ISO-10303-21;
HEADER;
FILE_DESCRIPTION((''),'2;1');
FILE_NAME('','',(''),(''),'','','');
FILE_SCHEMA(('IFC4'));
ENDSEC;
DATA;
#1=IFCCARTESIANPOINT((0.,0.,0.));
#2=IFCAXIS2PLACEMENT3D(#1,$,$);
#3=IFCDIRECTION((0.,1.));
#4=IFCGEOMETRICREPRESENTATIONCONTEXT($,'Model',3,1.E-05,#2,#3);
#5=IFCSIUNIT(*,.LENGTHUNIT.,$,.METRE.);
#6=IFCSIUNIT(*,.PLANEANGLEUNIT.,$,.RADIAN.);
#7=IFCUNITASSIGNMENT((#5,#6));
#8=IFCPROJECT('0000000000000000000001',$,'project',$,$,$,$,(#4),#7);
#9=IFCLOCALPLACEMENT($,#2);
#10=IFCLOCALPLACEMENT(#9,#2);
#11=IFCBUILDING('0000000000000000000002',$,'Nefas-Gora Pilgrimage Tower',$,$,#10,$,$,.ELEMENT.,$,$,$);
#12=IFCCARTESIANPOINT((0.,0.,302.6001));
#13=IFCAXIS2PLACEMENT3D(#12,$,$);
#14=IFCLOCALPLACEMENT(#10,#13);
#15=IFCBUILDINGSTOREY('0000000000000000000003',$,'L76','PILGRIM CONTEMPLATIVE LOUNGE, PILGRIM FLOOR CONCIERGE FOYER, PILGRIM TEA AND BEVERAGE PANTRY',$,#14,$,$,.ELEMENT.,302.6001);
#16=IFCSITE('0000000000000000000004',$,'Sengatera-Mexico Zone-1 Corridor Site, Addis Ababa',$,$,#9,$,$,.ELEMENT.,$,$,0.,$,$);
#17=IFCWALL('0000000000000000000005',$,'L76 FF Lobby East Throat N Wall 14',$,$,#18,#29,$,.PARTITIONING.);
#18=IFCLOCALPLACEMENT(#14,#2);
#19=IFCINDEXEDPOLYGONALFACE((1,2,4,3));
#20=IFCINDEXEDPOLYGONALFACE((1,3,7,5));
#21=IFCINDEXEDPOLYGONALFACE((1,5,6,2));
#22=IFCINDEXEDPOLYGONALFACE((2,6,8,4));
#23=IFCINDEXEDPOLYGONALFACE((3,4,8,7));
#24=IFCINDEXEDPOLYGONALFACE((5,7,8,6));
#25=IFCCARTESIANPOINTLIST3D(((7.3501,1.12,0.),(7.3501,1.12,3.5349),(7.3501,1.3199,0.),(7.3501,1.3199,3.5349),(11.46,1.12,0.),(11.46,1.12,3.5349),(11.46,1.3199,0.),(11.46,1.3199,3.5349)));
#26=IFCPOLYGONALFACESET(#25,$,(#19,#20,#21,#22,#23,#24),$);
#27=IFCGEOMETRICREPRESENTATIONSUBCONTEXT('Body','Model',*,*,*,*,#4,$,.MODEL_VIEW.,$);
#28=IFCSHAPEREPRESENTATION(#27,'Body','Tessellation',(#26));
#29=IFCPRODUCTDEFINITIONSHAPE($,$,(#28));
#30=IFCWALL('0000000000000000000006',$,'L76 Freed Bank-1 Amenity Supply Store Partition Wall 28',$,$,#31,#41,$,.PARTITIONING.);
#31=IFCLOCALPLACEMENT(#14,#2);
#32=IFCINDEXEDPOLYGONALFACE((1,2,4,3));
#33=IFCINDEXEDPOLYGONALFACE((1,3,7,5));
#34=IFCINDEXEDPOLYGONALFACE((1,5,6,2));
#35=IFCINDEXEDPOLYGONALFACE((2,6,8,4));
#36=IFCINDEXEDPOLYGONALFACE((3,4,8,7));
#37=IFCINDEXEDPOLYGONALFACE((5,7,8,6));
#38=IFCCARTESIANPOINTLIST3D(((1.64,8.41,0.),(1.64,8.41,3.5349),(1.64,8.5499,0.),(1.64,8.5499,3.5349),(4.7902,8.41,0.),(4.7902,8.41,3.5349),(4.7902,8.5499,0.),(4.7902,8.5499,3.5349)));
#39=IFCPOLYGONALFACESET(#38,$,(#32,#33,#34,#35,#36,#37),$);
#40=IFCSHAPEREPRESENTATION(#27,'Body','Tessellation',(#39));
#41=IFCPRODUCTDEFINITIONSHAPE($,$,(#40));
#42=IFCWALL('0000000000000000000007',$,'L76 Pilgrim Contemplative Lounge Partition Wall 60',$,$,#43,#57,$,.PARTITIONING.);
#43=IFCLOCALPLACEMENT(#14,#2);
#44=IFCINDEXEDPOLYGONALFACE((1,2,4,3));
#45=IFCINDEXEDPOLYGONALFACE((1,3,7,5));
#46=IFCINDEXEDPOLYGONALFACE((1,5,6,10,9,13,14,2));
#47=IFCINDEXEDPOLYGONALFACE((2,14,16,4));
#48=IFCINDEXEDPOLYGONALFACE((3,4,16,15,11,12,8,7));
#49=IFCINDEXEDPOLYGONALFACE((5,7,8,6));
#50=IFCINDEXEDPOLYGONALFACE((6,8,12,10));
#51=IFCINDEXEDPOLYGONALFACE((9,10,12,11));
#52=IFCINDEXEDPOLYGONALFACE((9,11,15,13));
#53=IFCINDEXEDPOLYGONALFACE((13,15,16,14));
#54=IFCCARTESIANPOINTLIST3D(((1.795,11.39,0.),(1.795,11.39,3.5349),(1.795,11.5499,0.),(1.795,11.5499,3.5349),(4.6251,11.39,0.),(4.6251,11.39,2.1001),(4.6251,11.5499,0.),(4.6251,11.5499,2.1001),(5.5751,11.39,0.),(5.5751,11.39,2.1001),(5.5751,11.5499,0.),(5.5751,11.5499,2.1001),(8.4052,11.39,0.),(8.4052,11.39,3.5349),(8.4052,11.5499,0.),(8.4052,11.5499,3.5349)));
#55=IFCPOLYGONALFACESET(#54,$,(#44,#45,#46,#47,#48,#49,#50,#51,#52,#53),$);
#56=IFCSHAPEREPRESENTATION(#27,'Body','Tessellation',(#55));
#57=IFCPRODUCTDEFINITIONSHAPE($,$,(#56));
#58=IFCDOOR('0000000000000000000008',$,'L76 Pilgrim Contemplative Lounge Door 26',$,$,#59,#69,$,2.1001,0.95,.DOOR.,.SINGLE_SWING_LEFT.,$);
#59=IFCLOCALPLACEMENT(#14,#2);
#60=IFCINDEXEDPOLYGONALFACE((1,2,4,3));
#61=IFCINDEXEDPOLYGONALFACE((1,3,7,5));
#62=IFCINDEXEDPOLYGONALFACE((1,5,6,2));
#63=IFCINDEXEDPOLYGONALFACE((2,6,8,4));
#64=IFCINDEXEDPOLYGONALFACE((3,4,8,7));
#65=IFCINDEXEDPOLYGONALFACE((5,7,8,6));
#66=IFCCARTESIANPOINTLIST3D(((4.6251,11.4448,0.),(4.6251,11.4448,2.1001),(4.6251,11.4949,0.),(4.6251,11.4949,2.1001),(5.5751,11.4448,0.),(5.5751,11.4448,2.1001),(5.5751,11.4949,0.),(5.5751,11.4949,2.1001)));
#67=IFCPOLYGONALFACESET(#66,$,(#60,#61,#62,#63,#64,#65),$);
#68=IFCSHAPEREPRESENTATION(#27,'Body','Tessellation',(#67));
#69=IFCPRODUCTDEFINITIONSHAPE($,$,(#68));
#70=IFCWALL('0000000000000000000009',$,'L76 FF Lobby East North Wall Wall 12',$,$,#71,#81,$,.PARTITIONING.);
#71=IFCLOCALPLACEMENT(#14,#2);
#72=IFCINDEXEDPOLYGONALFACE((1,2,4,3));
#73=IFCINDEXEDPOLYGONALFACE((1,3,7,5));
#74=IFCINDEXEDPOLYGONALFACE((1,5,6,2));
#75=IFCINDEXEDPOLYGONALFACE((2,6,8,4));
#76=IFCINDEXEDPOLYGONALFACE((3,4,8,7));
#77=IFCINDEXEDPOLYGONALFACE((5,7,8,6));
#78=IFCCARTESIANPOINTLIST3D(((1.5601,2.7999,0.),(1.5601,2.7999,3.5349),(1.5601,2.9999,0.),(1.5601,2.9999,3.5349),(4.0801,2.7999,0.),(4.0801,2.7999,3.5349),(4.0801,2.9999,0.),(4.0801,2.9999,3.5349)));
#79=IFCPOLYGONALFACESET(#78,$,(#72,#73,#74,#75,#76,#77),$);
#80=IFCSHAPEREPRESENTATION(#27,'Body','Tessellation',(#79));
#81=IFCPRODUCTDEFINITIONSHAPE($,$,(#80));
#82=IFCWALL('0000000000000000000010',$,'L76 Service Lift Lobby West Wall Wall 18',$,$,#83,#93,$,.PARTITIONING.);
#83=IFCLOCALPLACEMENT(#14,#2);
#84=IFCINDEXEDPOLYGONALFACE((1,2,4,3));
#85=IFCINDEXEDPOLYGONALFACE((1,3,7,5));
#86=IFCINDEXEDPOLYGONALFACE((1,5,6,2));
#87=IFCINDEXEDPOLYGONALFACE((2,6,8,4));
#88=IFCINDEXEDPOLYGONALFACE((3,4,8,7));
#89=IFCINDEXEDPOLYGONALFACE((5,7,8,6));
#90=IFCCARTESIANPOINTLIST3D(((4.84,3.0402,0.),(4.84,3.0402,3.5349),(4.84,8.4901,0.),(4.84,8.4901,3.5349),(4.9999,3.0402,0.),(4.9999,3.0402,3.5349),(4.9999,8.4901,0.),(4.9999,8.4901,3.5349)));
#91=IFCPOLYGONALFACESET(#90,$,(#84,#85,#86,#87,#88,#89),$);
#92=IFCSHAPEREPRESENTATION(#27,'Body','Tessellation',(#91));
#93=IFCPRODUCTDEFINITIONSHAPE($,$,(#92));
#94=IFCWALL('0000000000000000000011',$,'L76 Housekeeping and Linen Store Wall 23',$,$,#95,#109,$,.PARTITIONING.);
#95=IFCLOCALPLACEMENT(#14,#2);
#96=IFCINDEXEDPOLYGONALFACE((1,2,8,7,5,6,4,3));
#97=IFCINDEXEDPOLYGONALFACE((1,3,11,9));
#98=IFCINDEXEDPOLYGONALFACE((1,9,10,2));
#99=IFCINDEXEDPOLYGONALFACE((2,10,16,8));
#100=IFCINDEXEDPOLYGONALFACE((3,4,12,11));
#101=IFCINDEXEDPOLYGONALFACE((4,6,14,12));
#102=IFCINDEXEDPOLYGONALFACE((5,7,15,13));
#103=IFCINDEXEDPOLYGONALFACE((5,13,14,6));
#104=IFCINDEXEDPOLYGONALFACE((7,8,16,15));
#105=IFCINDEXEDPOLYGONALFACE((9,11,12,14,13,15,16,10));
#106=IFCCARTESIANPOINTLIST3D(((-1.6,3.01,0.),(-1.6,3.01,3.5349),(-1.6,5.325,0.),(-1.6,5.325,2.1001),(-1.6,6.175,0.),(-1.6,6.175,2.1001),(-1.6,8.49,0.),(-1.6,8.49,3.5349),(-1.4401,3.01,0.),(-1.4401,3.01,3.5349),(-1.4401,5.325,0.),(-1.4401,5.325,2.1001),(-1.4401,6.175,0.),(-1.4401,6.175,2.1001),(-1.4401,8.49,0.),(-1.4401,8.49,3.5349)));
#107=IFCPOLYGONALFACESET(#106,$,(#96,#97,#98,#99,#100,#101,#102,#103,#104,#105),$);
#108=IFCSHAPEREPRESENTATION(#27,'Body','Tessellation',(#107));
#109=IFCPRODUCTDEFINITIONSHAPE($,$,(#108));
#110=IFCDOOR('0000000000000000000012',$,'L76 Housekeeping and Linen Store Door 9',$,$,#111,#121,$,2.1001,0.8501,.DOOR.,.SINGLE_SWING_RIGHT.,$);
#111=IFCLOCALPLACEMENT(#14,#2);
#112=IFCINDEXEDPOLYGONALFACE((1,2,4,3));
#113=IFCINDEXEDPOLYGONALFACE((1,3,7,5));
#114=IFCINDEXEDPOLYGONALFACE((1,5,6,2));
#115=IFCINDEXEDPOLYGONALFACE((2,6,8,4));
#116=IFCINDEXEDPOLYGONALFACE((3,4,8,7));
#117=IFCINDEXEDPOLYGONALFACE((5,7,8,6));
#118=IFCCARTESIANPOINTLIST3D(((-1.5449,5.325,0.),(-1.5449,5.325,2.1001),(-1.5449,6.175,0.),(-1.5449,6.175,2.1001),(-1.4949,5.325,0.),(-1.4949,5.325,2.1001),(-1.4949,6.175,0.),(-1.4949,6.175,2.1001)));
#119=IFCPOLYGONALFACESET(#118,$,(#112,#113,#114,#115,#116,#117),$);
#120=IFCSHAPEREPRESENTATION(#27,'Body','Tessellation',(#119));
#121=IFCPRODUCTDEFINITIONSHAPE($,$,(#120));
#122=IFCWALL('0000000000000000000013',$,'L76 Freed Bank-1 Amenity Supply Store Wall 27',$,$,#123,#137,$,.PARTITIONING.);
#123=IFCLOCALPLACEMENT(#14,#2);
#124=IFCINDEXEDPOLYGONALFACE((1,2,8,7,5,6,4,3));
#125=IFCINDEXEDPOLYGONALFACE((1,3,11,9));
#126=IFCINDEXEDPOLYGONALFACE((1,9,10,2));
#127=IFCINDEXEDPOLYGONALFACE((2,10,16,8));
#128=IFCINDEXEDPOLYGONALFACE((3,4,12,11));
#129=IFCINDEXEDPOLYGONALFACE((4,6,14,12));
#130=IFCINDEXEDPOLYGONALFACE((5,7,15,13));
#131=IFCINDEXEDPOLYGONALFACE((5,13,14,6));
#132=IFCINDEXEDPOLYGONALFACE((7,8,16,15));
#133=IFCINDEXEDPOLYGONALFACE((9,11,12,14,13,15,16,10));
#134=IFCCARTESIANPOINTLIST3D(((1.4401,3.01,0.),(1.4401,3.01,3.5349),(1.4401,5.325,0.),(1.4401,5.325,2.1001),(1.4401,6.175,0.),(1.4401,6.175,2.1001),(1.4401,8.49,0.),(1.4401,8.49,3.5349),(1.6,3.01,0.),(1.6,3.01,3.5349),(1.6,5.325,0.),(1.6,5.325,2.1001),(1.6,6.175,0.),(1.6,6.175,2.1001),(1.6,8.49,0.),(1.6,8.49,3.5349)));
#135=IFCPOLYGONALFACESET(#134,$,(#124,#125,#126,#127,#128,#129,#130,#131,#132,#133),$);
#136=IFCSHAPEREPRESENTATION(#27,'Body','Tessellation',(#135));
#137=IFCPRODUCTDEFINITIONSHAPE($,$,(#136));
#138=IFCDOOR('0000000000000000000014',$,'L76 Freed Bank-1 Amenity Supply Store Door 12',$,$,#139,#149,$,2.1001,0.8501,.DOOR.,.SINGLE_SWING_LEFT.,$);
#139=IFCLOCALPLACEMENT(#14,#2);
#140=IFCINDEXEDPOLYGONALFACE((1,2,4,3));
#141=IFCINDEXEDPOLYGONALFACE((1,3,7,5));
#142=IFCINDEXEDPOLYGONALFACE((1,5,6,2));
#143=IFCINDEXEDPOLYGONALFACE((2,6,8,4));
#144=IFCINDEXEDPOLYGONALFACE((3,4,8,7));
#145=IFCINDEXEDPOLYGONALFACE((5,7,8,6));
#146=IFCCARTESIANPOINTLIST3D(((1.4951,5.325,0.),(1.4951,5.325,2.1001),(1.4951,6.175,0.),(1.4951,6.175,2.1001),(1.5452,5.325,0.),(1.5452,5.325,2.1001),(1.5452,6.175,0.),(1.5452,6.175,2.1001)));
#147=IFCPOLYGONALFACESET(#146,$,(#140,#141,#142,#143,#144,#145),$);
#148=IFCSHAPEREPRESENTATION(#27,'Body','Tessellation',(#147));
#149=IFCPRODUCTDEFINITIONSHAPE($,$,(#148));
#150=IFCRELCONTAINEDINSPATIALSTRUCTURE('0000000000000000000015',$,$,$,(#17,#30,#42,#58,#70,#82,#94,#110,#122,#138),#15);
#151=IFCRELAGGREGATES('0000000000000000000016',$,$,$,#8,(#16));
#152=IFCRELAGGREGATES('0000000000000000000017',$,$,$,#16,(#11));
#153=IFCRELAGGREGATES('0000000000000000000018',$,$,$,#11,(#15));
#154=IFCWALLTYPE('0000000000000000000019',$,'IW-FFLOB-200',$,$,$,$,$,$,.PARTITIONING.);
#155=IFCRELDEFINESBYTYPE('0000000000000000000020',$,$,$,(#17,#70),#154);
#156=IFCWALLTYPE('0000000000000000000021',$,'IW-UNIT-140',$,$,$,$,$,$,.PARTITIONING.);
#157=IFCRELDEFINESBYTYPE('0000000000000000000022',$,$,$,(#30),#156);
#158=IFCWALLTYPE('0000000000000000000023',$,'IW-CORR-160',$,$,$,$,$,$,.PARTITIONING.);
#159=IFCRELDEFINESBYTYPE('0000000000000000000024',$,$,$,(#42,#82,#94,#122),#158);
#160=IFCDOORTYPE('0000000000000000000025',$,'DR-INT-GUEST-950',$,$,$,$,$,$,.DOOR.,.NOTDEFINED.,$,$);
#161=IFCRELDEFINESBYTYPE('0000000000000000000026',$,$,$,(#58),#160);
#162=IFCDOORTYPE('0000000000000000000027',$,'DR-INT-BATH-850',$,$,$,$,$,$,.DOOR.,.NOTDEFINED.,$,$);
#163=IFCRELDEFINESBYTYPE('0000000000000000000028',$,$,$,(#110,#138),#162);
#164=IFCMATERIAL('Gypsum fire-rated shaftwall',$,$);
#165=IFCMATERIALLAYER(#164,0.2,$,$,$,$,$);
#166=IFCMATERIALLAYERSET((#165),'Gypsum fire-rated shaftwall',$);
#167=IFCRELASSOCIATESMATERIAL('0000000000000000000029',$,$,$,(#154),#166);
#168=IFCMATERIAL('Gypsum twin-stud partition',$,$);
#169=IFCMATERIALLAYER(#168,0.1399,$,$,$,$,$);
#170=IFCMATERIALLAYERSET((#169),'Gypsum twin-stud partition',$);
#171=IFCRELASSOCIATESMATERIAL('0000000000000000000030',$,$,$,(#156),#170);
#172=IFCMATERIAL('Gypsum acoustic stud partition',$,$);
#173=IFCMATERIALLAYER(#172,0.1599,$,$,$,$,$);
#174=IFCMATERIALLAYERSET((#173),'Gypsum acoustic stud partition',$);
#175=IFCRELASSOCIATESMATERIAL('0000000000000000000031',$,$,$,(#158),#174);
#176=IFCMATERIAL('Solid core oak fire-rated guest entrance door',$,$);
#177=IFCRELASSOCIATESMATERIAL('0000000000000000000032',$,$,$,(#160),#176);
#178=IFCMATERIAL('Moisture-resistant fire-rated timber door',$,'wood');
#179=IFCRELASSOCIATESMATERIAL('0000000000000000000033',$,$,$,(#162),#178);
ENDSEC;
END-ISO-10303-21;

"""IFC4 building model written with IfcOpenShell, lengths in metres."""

from ifc_helpers import new_model, si_unit, direction, frame, frame_2d, origin, place, context, subcontext, project, spatial, rectangle, extrude, source, transform, mapped, material, layer, layer_set, type_object, element, fill, save


model = new_model("IFC4")

# Units and contexts
model_context = context("Model", 3, precision=1e-05, world=origin(), true_north=direction((0.0, 1.0)))
body_context = subcontext(model_context, "Body", "Model", "MODEL_VIEW")
ifc_project = project(units=[si_unit("LENGTHUNIT", "METRE"), si_unit("PLANEANGLEUNIT", "RADIAN")], contexts=[model_context])

# Site, building, storey
site_placement = place(None, origin())
site = spatial("IfcSite", under=ifc_project, at=site_placement, Name="Sengatera-Mexico Zone-1 Corridor Site, Addis Ababa", CompositionType="ELEMENT", RefElevation=0.0)
building_placement = place(site_placement, origin())
building = spatial("IfcBuilding", under=site, at=building_placement, Name="Nefas-Gora Pilgrimage Tower", CompositionType="ELEMENT")
storey_placement = place(building_placement, frame((0.0, 0.0, 302.6001)))
storey = spatial("IfcBuildingStorey", under=building, at=storey_placement, Name="L76", Description="PILGRIM CONTEMPLATIVE LOUNGE, PILGRIM FLOOR CONCIERGE FOYER, PILGRIM TEA AND BEVERAGE PANTRY", CompositionType="ELEMENT", Elevation=302.6001)

# Shared definitions
ifc_material_1 = material(Name="Gypsum fire-rated shaftwall")
ifc_layer_1 = layer(ifc_material_1, 0.2)
ifc_layer_set_1 = layer_set([ifc_layer_1], Name="Gypsum fire-rated shaftwall")
wall_type_1 = type_object("IfcWallType", Name="IW-FFLOB-200", PredefinedType="PARTITIONING", material=ifc_layer_set_1)

# Walls
shared_shape_1 = source(origin(), body_context, "Body", "SweptSolid", [
    extrude(rectangle(XDim=4.1099, YDim=0.2, at=frame_2d((2.0549, 0.0))), origin(), (0.0, 0.0, 1.0), 3.5349),
])
wall_1_placement = place(storey_placement, frame((7.3501, 1.22, 0.0), z_axis=(0.0, 0.0, 1.0), x_axis=(1.0, 0.0, 0.0)))
element("IfcWall", 1, at=wall_1_placement, inside=storey, type_object=wall_type_1, Name="L76 FF Lobby East Throat N Wall 14", PredefinedType="PARTITIONING", context=body_context, shape_type="MappedRepresentation", body=[
    mapped(shared_shape_1, transform((0.0, 0.0, 0.0), x_axis=(1.0, 0.0, 0.0), y_axis=(0.0, 1.0, 0.0), z_axis=(0.0, 0.0, 1.0), scale=1.0)),
])
ifc_material_2 = material(Name="Gypsum twin-stud partition")
ifc_layer_2 = layer(ifc_material_2, 0.1399)
ifc_layer_set_2 = layer_set([ifc_layer_2], Name="Gypsum twin-stud partition")
wall_type_2 = type_object("IfcWallType", Name="IW-UNIT-140", PredefinedType="PARTITIONING", material=ifc_layer_set_2)
shared_shape_2 = source(origin(), body_context, "Body", "SweptSolid", [
    extrude(rectangle(XDim=3.1501, YDim=0.1399, at=frame_2d((1.5752, 0.0))), origin(), (0.0, 0.0, 1.0), 3.5349),
])
wall_2_placement = place(storey_placement, frame((1.6399, 8.48, 0.0), z_axis=(0.0, 0.0, 1.0), x_axis=(1.0, 0.0, 0.0)))
element("IfcWall", 2, at=wall_2_placement, inside=storey, type_object=wall_type_2, Name="L76 Freed Bank-1 Amenity Supply Store Partition Wall 28", PredefinedType="PARTITIONING", context=body_context, shape_type="MappedRepresentation", body=[
    mapped(shared_shape_2, transform((0.0, 0.0, 0.0), x_axis=(1.0, 0.0, 0.0), y_axis=(0.0, 1.0, 0.0), z_axis=(0.0, 0.0, 1.0), scale=1.0)),
])

# Wall, opening, door
ifc_material_3 = material(Name="Gypsum acoustic stud partition")
ifc_layer_3 = layer(ifc_material_3, 0.1599)
ifc_layer_set_3 = layer_set([ifc_layer_3], Name="Gypsum acoustic stud partition")
wall_type_3 = type_object("IfcWallType", Name="IW-CORR-160", PredefinedType="PARTITIONING", material=ifc_layer_set_3)
shared_shape_3 = source(origin(), body_context, "Body", "SweptSolid", [
    extrude(rectangle(XDim=6.6101, YDim=0.1599, at=frame_2d((3.3052, 0.0))), origin(), (0.0, 0.0, 1.0), 3.5349),
])
wall_3_placement = place(storey_placement, frame((1.7949, 11.47, 0.0), z_axis=(0.0, 0.0, 1.0), x_axis=(1.0, 0.0, 0.0)))
wall_3 = element("IfcWall", 3, at=wall_3_placement, inside=storey, type_object=wall_type_3, Name="L76 Pilgrim Contemplative Lounge Partition Wall 60", PredefinedType="PARTITIONING", context=body_context, shape_type="MappedRepresentation", body=[
    mapped(shared_shape_3, transform((0.0, 0.0, 0.0), x_axis=(1.0, 0.0, 0.0), y_axis=(0.0, 1.0, 0.0), z_axis=(0.0, 0.0, 1.0), scale=1.0)),
])
opening_1_placement = place(wall_3_placement, frame((2.8301, 0.0, 0.0)))
opening_1 = element("IfcOpeningElement", 4, at=opening_1_placement, cuts=wall_3, PredefinedType="OPENING", context=body_context, shape_type="SweptSolid", body=[
    extrude(rectangle(XDim=0.95, YDim=2.1001, at=frame_2d((0.4751, 1.05))), frame((0.0, 0.0898, 0.0), z_axis=(0.0, -1.0, 0.0), x_axis=(1.0, 0.0, 0.0)), (0.0, 0.0, 1.0), 0.1799),
])
ifc_material_4 = material(Name="Solid core oak fire-rated guest entrance door")
door_type_1 = type_object("IfcDoorType", Name="DR-INT-GUEST-950", OperationType="NOTDEFINED", PredefinedType="DOOR", material=ifc_material_4)
shared_shape_4 = source(origin(), body_context, "Body", "SweptSolid", [
    extrude(rectangle(XDim=0.95, YDim=2.1001, at=frame_2d((0.4751, 1.05))), frame((0.0, 0.0249, 0.0), z_axis=(0.0, -1.0, 0.0), x_axis=(1.0, 0.0, 0.0)), (0.0, 0.0, 1.0), 0.05),
])
door_1_placement = place(opening_1_placement, origin())
door_1 = element("IfcDoor", 5, at=door_1_placement, inside=storey, type_object=door_type_1, Name="L76 Pilgrim Contemplative Lounge Door 26", OperationType="SINGLE_SWING_LEFT", OverallHeight=2.1001, OverallWidth=0.95, PredefinedType="DOOR", context=body_context, shape_type="MappedRepresentation", body=[
    mapped(shared_shape_4, transform((0.0, 0.0, 0.0), x_axis=(1.0, 0.0, 0.0), y_axis=(0.0, 1.0, 0.0), z_axis=(0.0, 0.0, 1.0), scale=1.0)),
])
fill(opening_1, door_1)

# Walls
shared_shape_5 = source(origin(), body_context, "Body", "SweptSolid", [
    extrude(rectangle(XDim=2.52, YDim=0.2, at=frame_2d((1.26, 0.0))), origin(), (0.0, 0.0, 1.0), 3.5349),
])
wall_4_placement = place(storey_placement, frame((1.5601, 2.8999, 0.0), z_axis=(0.0, 0.0, 1.0), x_axis=(1.0, 0.0, 0.0)))
element("IfcWall", 6, at=wall_4_placement, inside=storey, type_object=wall_type_1, Name="L76 FF Lobby East North Wall Wall 12", PredefinedType="PARTITIONING", context=body_context, shape_type="MappedRepresentation", body=[
    mapped(shared_shape_5, transform((0.0, 0.0, 0.0), x_axis=(1.0, 0.0, 0.0), y_axis=(0.0, 1.0, 0.0), z_axis=(0.0, 0.0, 1.0), scale=1.0)),
])
shared_shape_6 = source(origin(), body_context, "Body", "SweptSolid", [
    extrude(rectangle(XDim=5.45, YDim=0.1599, at=frame_2d((2.7251, 0.0))), origin(), (0.0, 0.0, 1.0), 3.5349),
])
wall_5_placement = place(storey_placement, frame((4.9199, 3.04, 0.0), z_axis=(0.0, 0.0, 1.0), x_axis=(0.0, 1.0, 0.0)))
element("IfcWall", 7, at=wall_5_placement, inside=storey, type_object=wall_type_3, Name="L76 Service Lift Lobby West Wall Wall 18", PredefinedType="PARTITIONING", context=body_context, shape_type="MappedRepresentation", body=[
    mapped(shared_shape_6, transform((0.0, 0.0, 0.0), x_axis=(1.0, 0.0, 0.0), y_axis=(0.0, 1.0, 0.0), z_axis=(0.0, 0.0, 1.0), scale=1.0)),
])

# Walls, openings, doors
shared_shape_7 = source(origin(), body_context, "Body", "SweptSolid", [
    extrude(rectangle(XDim=5.48, YDim=0.1599, at=frame_2d((2.74, 0.0))), origin(), (0.0, 0.0, 1.0), 3.5349),
])
wall_6_placement = place(storey_placement, frame((-1.52, 3.01, 0.0), z_axis=(0.0, 0.0, 1.0), x_axis=(0.0, 1.0, 0.0)))
wall_6 = element("IfcWall", 8, at=wall_6_placement, inside=storey, type_object=wall_type_3, Name="L76 Housekeeping and Linen Store Wall 23", PredefinedType="PARTITIONING", context=body_context, shape_type="MappedRepresentation", body=[
    mapped(shared_shape_7, transform((0.0, 0.0, 0.0), x_axis=(1.0, 0.0, 0.0), y_axis=(0.0, 1.0, 0.0), z_axis=(0.0, 0.0, 1.0), scale=1.0)),
])
opening_2_placement = place(wall_6_placement, frame((2.3149, 0.0, 0.0)))
opening_2 = element("IfcOpeningElement", 9, at=opening_2_placement, cuts=wall_6, PredefinedType="OPENING", context=body_context, shape_type="SweptSolid", body=[
    extrude(rectangle(XDim=0.8501, YDim=2.1001, at=frame_2d((0.425, 1.05))), frame((0.0, 0.0898, 0.0), z_axis=(0.0, -1.0, 0.0), x_axis=(1.0, 0.0, 0.0)), (0.0, 0.0, 1.0), 0.1799),
])
ifc_material_5 = material(Name="Moisture-resistant fire-rated timber door", Category="wood")
door_type_2 = type_object("IfcDoorType", Name="DR-INT-BATH-850", OperationType="NOTDEFINED", PredefinedType="DOOR", material=ifc_material_5)
shared_shape_8 = source(origin(), body_context, "Body", "SweptSolid", [
    extrude(rectangle(XDim=0.8501, YDim=2.1001, at=frame_2d((0.425, 1.05))), frame((0.0, 0.0249, 0.0), z_axis=(0.0, -1.0, 0.0), x_axis=(1.0, 0.0, 0.0)), (0.0, 0.0, 1.0), 0.05),
])
door_2_placement = place(opening_2_placement, origin())
door_2 = element("IfcDoor", 10, at=door_2_placement, inside=storey, type_object=door_type_2, Name="L76 Housekeeping and Linen Store Door 9", OperationType="SINGLE_SWING_RIGHT", OverallHeight=2.1001, OverallWidth=0.8501, PredefinedType="DOOR", context=body_context, shape_type="MappedRepresentation", body=[
    mapped(shared_shape_8, transform((0.0, 0.0, 0.0), x_axis=(1.0, 0.0, 0.0), y_axis=(0.0, 1.0, 0.0), z_axis=(0.0, 0.0, 1.0), scale=1.0)),
])
fill(opening_2, door_2)
wall_7_placement = place(storey_placement, frame((1.52, 3.01, 0.0), z_axis=(0.0, 0.0, 1.0), x_axis=(0.0, 1.0, 0.0)))
wall_7 = element("IfcWall", 11, at=wall_7_placement, inside=storey, type_object=wall_type_3, Name="L76 Freed Bank-1 Amenity Supply Store Wall 27", PredefinedType="PARTITIONING", context=body_context, shape_type="MappedRepresentation", body=[
    mapped(shared_shape_7, transform((0.0, 0.0, 0.0), x_axis=(1.0, 0.0, 0.0), y_axis=(0.0, 1.0, 0.0), z_axis=(0.0, 0.0, 1.0), scale=1.0)),
])
opening_3_placement = place(wall_7_placement, frame((2.3149, 0.0, 0.0)))
opening_3 = element("IfcOpeningElement", 12, at=opening_3_placement, cuts=wall_7, PredefinedType="OPENING", context=body_context, shape_type="SweptSolid", body=[
    extrude(rectangle(XDim=0.8501, YDim=2.1001, at=frame_2d((0.425, 1.05))), frame((0.0, 0.0898, 0.0), z_axis=(0.0, -1.0, 0.0), x_axis=(1.0, 0.0, 0.0)), (0.0, 0.0, 1.0), 0.1799),
])
door_3_placement = place(opening_3_placement, origin())
door_3 = element("IfcDoor", 13, at=door_3_placement, inside=storey, type_object=door_type_2, Name="L76 Freed Bank-1 Amenity Supply Store Door 12", OperationType="SINGLE_SWING_LEFT", OverallHeight=2.1001, OverallWidth=0.8501, PredefinedType="DOOR", context=body_context, shape_type="MappedRepresentation", body=[
    mapped(shared_shape_8, transform((0.0, 0.0, 0.0), x_axis=(1.0, 0.0, 0.0), y_axis=(0.0, 1.0, 0.0), z_axis=(0.0, 0.0, 1.0), scale=1.0)),
])
fill(opening_3, door_3)

save(model, "model.ifc")
